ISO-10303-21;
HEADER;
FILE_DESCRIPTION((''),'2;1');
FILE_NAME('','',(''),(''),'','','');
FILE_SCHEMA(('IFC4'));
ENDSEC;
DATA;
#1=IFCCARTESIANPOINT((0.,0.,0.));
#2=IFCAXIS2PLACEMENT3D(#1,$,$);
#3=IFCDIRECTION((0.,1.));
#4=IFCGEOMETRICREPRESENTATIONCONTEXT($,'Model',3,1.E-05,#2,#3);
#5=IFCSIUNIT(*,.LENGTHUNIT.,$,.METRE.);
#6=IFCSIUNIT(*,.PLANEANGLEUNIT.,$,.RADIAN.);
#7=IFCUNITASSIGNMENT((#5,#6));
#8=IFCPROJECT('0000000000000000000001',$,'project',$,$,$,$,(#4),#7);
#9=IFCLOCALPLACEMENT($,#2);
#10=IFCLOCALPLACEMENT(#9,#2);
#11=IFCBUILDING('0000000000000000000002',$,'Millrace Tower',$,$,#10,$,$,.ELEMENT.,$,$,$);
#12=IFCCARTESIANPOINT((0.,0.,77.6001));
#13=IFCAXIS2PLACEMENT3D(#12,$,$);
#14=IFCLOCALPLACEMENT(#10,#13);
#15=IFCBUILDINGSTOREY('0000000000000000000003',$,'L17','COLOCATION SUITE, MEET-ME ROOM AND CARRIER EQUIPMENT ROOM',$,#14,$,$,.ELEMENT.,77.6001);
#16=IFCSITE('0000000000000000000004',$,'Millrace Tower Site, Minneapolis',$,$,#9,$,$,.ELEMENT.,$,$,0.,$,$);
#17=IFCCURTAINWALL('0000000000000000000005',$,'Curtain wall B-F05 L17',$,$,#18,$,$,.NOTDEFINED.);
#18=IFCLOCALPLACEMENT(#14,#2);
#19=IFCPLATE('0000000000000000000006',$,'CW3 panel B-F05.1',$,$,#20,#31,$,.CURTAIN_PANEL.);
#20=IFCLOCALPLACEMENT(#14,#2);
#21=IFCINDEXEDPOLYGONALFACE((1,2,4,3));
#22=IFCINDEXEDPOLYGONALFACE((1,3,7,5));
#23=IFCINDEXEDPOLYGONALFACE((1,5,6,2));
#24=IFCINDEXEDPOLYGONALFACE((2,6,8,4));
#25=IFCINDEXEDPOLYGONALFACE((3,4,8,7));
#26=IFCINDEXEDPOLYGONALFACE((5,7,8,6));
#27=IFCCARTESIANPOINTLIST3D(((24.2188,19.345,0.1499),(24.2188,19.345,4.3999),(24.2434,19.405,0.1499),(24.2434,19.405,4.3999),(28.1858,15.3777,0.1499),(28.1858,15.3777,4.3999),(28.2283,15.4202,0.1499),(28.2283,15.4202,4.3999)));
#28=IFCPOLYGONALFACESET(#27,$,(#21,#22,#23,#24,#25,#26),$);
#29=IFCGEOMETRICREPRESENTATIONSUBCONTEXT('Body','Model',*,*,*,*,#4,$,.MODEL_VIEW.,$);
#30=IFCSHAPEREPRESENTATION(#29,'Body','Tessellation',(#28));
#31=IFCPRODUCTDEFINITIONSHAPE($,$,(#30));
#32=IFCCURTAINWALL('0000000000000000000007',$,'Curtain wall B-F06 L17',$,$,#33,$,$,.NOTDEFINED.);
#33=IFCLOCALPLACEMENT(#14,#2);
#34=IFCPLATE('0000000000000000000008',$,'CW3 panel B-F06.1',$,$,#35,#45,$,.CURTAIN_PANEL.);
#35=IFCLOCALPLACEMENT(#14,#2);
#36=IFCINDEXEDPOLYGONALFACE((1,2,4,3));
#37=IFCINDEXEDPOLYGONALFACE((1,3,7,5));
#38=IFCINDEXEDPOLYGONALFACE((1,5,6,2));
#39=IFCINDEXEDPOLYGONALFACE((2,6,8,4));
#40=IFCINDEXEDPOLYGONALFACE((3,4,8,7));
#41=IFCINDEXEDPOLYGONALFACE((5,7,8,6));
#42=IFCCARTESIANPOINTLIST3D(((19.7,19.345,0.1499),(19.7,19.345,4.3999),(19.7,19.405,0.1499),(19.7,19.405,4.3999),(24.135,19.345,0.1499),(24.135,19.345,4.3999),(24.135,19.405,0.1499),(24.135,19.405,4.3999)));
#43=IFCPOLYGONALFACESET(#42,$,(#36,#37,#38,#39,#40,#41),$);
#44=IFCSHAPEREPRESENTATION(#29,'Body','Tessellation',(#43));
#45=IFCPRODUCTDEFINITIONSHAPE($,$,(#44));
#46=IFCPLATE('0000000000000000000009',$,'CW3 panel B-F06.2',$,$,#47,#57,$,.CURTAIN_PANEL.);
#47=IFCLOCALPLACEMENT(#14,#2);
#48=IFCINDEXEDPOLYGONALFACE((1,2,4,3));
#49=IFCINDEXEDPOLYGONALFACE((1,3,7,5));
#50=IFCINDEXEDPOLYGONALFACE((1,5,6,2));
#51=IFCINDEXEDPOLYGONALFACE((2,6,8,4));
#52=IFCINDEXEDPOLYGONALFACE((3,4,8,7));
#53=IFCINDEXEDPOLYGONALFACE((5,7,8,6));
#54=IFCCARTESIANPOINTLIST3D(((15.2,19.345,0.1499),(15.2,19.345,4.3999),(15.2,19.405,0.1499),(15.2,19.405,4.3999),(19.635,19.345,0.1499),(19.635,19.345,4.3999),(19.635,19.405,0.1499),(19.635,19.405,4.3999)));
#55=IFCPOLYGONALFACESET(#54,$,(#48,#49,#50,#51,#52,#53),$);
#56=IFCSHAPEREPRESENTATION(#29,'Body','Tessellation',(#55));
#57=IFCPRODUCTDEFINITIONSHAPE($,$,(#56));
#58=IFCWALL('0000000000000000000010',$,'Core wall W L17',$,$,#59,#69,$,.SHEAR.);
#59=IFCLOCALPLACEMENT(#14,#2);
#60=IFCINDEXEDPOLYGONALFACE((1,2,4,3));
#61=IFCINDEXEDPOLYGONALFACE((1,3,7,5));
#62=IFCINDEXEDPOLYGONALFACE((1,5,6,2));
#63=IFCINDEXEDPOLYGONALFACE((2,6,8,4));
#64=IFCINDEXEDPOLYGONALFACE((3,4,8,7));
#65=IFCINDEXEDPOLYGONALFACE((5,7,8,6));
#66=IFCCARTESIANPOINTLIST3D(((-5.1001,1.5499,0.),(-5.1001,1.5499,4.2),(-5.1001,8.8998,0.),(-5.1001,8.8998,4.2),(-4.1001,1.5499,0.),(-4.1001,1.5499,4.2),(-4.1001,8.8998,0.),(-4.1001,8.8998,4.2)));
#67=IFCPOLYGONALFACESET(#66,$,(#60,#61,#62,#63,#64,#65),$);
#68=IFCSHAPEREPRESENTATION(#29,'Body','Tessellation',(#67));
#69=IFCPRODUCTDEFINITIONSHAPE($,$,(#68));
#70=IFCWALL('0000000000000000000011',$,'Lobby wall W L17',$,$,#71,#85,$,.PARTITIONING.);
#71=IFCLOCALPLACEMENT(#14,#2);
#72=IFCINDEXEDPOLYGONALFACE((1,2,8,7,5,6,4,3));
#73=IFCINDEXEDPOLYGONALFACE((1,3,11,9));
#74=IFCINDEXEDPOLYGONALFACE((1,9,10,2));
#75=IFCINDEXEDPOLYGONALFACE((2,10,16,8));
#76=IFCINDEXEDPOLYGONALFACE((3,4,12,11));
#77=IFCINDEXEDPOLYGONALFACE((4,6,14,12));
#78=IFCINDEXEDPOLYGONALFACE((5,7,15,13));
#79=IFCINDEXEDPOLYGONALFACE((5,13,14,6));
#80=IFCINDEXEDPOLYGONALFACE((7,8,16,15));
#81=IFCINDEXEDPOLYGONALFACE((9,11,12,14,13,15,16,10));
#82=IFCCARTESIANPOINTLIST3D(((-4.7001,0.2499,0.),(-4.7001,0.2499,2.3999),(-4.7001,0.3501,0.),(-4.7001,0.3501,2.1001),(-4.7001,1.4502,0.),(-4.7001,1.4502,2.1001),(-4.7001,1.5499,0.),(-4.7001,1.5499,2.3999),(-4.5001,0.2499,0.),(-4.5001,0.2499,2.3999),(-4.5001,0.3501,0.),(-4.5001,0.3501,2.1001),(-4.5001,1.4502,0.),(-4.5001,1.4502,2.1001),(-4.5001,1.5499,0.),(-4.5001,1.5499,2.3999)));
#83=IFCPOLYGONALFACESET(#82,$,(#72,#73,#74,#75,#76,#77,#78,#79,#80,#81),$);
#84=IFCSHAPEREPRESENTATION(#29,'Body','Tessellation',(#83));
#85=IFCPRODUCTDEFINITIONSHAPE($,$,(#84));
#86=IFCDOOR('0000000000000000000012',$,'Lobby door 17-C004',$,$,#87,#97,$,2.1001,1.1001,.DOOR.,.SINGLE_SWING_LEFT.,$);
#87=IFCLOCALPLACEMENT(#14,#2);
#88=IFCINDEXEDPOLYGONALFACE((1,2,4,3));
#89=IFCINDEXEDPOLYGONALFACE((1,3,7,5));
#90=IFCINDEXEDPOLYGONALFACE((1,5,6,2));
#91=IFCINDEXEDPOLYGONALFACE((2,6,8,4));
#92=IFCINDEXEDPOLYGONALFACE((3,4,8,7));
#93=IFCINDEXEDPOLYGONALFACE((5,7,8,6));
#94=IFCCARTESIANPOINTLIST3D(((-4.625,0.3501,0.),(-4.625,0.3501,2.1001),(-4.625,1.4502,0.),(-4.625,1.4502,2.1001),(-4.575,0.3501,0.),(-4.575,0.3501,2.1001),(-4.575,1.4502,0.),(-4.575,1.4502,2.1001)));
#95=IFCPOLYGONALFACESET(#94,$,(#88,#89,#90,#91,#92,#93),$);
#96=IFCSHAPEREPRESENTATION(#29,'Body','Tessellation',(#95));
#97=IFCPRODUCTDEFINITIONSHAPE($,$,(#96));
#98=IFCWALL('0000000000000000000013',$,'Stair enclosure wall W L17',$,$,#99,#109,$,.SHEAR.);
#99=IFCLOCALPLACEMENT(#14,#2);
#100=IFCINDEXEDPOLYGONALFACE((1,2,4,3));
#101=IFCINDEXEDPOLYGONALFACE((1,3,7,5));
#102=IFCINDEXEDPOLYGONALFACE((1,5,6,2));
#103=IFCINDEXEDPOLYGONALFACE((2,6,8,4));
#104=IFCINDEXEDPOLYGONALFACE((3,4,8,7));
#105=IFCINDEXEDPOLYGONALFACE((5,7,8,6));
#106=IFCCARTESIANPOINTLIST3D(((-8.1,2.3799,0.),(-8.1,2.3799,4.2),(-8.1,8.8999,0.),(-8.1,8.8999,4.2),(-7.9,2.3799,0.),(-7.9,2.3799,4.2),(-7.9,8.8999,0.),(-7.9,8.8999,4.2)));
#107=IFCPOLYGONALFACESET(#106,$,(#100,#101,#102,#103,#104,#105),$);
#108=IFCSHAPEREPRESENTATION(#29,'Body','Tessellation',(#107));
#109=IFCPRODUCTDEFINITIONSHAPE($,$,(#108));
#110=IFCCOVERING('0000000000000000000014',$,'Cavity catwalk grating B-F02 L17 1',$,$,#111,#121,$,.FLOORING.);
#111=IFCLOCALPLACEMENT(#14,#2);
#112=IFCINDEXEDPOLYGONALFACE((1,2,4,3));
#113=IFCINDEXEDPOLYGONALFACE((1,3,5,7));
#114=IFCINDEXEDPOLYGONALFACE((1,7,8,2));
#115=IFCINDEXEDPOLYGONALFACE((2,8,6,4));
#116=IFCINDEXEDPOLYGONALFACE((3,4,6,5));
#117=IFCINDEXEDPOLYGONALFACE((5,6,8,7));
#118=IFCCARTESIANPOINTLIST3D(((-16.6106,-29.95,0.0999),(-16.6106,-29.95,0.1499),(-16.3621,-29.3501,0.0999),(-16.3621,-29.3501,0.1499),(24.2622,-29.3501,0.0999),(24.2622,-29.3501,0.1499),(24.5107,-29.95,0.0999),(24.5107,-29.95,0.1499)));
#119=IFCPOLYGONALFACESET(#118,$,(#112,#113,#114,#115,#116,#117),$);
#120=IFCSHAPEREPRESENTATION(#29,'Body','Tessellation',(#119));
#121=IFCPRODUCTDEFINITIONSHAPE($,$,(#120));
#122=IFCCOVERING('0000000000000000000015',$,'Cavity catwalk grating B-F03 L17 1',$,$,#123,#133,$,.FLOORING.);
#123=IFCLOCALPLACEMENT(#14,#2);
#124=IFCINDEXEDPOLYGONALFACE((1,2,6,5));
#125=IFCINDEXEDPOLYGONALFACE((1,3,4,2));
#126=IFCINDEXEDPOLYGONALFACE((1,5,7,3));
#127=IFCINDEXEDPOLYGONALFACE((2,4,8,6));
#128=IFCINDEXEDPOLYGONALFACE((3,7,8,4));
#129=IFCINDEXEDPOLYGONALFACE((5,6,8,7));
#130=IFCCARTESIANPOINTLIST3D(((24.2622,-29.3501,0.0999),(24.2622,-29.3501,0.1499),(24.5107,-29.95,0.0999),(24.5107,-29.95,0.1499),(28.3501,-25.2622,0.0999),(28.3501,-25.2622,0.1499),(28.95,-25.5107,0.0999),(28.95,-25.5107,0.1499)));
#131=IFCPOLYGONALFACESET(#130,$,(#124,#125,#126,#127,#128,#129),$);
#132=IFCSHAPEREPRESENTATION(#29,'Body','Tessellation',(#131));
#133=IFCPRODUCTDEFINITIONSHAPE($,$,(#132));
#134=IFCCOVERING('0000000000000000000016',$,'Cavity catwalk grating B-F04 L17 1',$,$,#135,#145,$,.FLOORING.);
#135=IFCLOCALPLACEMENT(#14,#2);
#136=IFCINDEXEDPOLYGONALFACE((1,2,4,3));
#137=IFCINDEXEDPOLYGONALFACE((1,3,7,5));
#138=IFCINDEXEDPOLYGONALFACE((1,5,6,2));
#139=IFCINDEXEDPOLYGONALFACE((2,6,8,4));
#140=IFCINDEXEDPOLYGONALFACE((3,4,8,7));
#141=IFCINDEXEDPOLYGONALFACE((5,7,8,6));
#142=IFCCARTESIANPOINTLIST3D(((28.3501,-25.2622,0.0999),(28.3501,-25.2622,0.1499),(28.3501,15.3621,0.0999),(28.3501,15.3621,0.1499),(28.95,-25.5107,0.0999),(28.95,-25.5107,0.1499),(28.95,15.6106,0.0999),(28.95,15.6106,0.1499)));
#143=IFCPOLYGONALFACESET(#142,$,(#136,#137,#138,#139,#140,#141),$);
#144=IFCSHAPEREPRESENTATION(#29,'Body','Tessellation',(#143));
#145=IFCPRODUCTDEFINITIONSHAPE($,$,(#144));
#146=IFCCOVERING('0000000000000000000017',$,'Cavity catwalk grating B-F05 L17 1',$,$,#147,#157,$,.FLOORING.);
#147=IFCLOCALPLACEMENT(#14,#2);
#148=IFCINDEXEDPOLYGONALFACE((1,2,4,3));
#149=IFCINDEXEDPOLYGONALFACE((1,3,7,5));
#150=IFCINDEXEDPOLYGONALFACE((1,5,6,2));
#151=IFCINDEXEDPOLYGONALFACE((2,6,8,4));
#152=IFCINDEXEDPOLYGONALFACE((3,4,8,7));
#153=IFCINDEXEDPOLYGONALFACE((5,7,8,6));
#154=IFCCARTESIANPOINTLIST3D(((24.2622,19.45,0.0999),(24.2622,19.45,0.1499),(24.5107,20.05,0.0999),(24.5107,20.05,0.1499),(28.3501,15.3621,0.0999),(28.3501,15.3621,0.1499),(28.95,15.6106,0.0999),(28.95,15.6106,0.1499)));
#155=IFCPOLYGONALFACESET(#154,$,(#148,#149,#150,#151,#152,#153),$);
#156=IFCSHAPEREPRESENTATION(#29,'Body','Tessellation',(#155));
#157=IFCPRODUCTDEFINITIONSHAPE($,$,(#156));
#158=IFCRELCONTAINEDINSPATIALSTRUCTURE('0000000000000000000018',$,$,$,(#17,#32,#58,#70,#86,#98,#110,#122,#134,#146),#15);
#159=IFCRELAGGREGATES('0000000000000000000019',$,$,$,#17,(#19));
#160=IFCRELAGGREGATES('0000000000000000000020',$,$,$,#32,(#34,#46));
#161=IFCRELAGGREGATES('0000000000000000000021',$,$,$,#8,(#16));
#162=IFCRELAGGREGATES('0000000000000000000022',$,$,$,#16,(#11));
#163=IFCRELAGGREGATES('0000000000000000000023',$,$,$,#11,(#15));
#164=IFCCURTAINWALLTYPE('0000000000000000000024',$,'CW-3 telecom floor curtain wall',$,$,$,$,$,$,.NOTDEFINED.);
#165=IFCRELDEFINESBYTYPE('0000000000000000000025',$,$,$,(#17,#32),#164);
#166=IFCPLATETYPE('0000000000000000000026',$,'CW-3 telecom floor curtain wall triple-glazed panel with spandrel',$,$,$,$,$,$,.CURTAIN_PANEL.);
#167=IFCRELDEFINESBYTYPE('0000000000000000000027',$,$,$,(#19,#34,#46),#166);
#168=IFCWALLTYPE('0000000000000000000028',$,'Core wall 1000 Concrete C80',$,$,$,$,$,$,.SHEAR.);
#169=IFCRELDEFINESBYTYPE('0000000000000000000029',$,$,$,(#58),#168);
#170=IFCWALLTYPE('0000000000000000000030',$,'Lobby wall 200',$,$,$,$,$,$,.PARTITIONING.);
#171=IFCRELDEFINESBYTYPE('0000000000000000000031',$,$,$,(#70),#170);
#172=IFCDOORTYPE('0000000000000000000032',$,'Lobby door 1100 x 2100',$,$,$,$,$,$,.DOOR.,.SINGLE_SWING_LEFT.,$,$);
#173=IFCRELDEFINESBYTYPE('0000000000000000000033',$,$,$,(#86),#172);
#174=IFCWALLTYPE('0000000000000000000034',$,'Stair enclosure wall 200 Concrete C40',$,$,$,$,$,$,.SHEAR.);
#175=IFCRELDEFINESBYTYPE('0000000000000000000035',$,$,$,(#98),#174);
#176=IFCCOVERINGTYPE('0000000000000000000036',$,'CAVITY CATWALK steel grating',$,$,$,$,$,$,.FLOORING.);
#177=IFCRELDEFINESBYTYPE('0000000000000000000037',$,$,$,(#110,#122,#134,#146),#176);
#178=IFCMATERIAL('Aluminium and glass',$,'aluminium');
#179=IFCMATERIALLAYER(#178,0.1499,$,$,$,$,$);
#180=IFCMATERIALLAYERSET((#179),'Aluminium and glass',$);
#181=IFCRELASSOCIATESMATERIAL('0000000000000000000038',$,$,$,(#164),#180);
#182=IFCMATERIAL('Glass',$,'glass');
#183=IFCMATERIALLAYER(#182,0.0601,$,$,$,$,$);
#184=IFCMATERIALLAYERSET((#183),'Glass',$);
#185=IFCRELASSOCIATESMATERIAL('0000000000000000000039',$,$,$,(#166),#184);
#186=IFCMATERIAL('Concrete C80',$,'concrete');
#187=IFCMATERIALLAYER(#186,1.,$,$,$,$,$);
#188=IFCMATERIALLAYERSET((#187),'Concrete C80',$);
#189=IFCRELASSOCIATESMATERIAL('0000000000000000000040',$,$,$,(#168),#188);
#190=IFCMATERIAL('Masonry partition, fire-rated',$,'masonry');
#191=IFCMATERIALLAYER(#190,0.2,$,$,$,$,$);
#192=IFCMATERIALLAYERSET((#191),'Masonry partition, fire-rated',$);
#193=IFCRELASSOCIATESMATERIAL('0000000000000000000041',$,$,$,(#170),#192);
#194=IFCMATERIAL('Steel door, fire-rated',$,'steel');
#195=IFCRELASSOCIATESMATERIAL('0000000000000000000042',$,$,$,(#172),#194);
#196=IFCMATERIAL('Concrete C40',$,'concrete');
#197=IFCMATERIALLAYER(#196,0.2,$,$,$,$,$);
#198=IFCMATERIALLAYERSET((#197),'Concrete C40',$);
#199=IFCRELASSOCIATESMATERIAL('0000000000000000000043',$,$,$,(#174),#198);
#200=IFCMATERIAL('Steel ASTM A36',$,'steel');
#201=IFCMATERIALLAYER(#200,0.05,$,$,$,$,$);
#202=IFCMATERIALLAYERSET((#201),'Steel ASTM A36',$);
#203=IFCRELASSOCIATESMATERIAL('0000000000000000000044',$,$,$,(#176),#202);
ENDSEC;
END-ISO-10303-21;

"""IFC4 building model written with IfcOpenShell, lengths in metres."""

from ifc_helpers import new_model, si_unit, direction, frame, frame_2d, origin, place, context, subcontext, project, spatial, polyline, rectangle, outline, extrude, material, layer, layer_set, type_object, element, fill, aggregate, save


model = new_model("IFC4")

# Units and contexts
model_context = context("Model", 3, precision=1e-05, world=origin(), true_north=direction((0.0, 1.0)))
body_context = subcontext(model_context, "Body", "Model", "MODEL_VIEW")
ifc_project = project(units=[si_unit("LENGTHUNIT", "METRE"), si_unit("PLANEANGLEUNIT", "RADIAN")], contexts=[model_context])

# Site, building, storey
site_placement = place(None, origin())
site = spatial("IfcSite", under=ifc_project, at=site_placement, Name="Millrace Tower Site, Minneapolis", CompositionType="ELEMENT", RefElevation=0.0)
building_placement = place(site_placement, origin())
building = spatial("IfcBuilding", under=site, at=building_placement, Name="Millrace Tower", CompositionType="ELEMENT")
storey_placement = place(building_placement, frame((0.0, 0.0, 77.6001)))
storey = spatial("IfcBuildingStorey", under=building, at=storey_placement, Name="L17", Description="COLOCATION SUITE, MEET-ME ROOM AND CARRIER EQUIPMENT ROOM", CompositionType="ELEMENT", Elevation=77.6001)

# Shared definitions
ifc_material_1 = material(Name="Aluminium and glass", Category="aluminium")
ifc_layer_1 = layer(ifc_material_1, 0.1499)
ifc_layer_set_1 = layer_set([ifc_layer_1], Name="Aluminium and glass")
curtain_wall_type = type_object("IfcCurtainWallType", Name="CW-3 telecom floor curtain wall", PredefinedType="NOTDEFINED", material=ifc_layer_set_1)
placement_1 = place(storey_placement, origin())
ifc_material_2 = material(Name="Glass", Category="glass")
ifc_layer_2 = layer(ifc_material_2, 0.0601)
ifc_layer_set_2 = layer_set([ifc_layer_2], Name="Glass")
plate_type = type_object("IfcPlateType", Name="CW-3 telecom floor curtain wall triple-glazed panel with spandrel", PredefinedType="CURTAIN_PANEL", material=ifc_layer_set_2)
placement_2 = place(storey_placement, frame((0.0, 0.0, 0.1499)))

# Curtain wall, plate
curtain_wall_1 = element("IfcCurtainWall", 1, at=placement_1, inside=storey, type_object=curtain_wall_type, Name="Curtain wall B-F05 L17", PredefinedType="NOTDEFINED")
plate_1 = element("IfcPlate", 2, at=placement_2, type_object=plate_type, Name="CW3 panel B-F05.1", PredefinedType="CURTAIN_PANEL", context=body_context, shape_type="SweptSolid", body=[
    extrude(outline(polyline([(28.2283, 15.4202), (24.2434, 19.405), (24.2188, 19.345), (28.1858, 15.3777), (28.2283, 15.4202)])), origin(), (0.0, 0.0, 1.0), 4.25),
])
aggregate(curtain_wall_1, [plate_1])

# Curtain wall, plates
curtain_wall_2 = element("IfcCurtainWall", 3, at=placement_1, inside=storey, type_object=curtain_wall_type, Name="Curtain wall B-F06 L17", PredefinedType="NOTDEFINED")
plate_2 = element("IfcPlate", 4, at=placement_2, type_object=plate_type, Name="CW3 panel B-F06.1", PredefinedType="CURTAIN_PANEL", context=body_context, shape_type="SweptSolid", body=[
    extrude(outline(polyline([(24.135, 19.405), (19.7, 19.405), (19.7, 19.345), (24.135, 19.345), (24.135, 19.405)])), origin(), (0.0, 0.0, 1.0), 4.25),
])
plate_3 = element("IfcPlate", 5, at=placement_2, type_object=plate_type, Name="CW3 panel B-F06.2", PredefinedType="CURTAIN_PANEL", context=body_context, shape_type="SweptSolid", body=[
    extrude(outline(polyline([(19.635, 19.405), (15.2, 19.405), (15.2, 19.345), (19.635, 19.345), (19.635, 19.405)])), origin(), (0.0, 0.0, 1.0), 4.25),
])
aggregate(curtain_wall_2, [plate_2, plate_3])

# Wall
ifc_material_3 = material(Name="Concrete C80", Category="concrete")
ifc_layer_3 = layer(ifc_material_3, 1.0)
ifc_layer_set_3 = layer_set([ifc_layer_3], Name="Concrete C80")
wall_type_1 = type_object("IfcWallType", Name="Core wall 1000 Concrete C80", PredefinedType="SHEAR", material=ifc_layer_set_3)
wall_1_placement = place(storey_placement, frame((-4.6001, 1.55, 0.0), z_axis=(0.0, 0.0, 1.0), x_axis=(0.0, 1.0, 0.0)))
element("IfcWall", 6, at=wall_1_placement, inside=storey, type_object=wall_type_1, Name="Core wall W L17", PredefinedType="SHEAR", context=body_context, shape_type="SweptSolid", body=[
    extrude(rectangle(XDim=7.3499, YDim=1.0, at=frame_2d((3.6748, 0.0))), origin(), (0.0, 0.0, 1.0), 4.2),
])

# Wall, opening, door
ifc_material_4 = material(Name="Masonry partition, fire-rated", Category="masonry")
ifc_layer_4 = layer(ifc_material_4, 0.2)
ifc_layer_set_4 = layer_set([ifc_layer_4], Name="Masonry partition, fire-rated")
wall_type_2 = type_object("IfcWallType", Name="Lobby wall 200", PredefinedType="PARTITIONING", material=ifc_layer_set_4)
wall_2_placement = place(storey_placement, frame((-4.6001, 0.25, 0.0), z_axis=(0.0, 0.0, 1.0), x_axis=(0.0, 1.0, 0.0)))
wall_2 = element("IfcWall", 7, at=wall_2_placement, inside=storey, type_object=wall_type_2, Name="Lobby wall W L17", PredefinedType="PARTITIONING", context=body_context, shape_type="SweptSolid", body=[
    extrude(rectangle(XDim=1.3, YDim=0.2, at=frame_2d((0.6499, 0.0))), origin(), (0.0, 0.0, 1.0), 2.3999),
])
opening_placement = place(wall_2_placement, frame((0.1001, 0.0, 0.0)))
opening = element("IfcOpeningElement", 8, at=opening_placement, cuts=wall_2, PredefinedType="OPENING", context=body_context, shape_type="SweptSolid", body=[
    extrude(rectangle(XDim=1.1001, YDim=2.1001, at=frame_2d((0.55, 1.05))), frame((0.0, 0.1099, 0.0), z_axis=(0.0, -1.0, 0.0), x_axis=(1.0, 0.0, 0.0)), (0.0, 0.0, 1.0), 0.22),
])
ifc_material_5 = material(Name="Steel door, fire-rated", Category="steel")
door_type = type_object("IfcDoorType", Name="Lobby door 1100 x 2100", OperationType="SINGLE_SWING_LEFT", PredefinedType="DOOR", material=ifc_material_5)
door_placement = place(opening_placement, origin())
door = element("IfcDoor", 9, at=door_placement, inside=storey, type_object=door_type, Name="Lobby door 17-C004", OperationType="SINGLE_SWING_LEFT", OverallHeight=2.1001, OverallWidth=1.1001, PredefinedType="DOOR", context=body_context, shape_type="SweptSolid", body=[
    extrude(rectangle(XDim=1.1001, YDim=2.1001, at=frame_2d((0.55, 1.05))), frame((0.0, 0.0249, 0.0), z_axis=(0.0, -1.0, 0.0), x_axis=(1.0, 0.0, 0.0)), (0.0, 0.0, 1.0), 0.05),
])
fill(opening, door)

# Wall
ifc_material_6 = material(Name="Concrete C40", Category="concrete")
ifc_layer_5 = layer(ifc_material_6, 0.2)
ifc_layer_set_5 = layer_set([ifc_layer_5], Name="Concrete C40")
wall_type_3 = type_object("IfcWallType", Name="Stair enclosure wall 200 Concrete C40", PredefinedType="SHEAR", material=ifc_layer_set_5)
wall_3_placement = place(storey_placement, frame((-8.0, 2.3799, 0.0), z_axis=(0.0, 0.0, 1.0), x_axis=(0.0, 1.0, 0.0)))
element("IfcWall", 10, at=wall_3_placement, inside=storey, type_object=wall_type_3, Name="Stair enclosure wall W L17", PredefinedType="SHEAR", context=body_context, shape_type="SweptSolid", body=[
    extrude(rectangle(XDim=6.52, YDim=0.2, at=frame_2d((3.26, 0.0))), origin(), (0.0, 0.0, 1.0), 4.2),
])

# Coverings
ifc_material_7 = material(Name="Steel ASTM A36", Category="steel")
ifc_layer_6 = layer(ifc_material_7, 0.05)
ifc_layer_set_6 = layer_set([ifc_layer_6], Name="Steel ASTM A36")
covering_type = type_object("IfcCoveringType", Name="CAVITY CATWALK steel grating", PredefinedType="FLOORING", material=ifc_layer_set_6)
placement_3 = place(storey_placement, frame((0.0, 0.0, 0.0999)))
element("IfcCovering", 11, at=placement_3, inside=storey, type_object=covering_type, Name="Cavity catwalk grating B-F02 L17 1", PredefinedType="FLOORING", context=body_context, shape_type="SweptSolid", body=[
    extrude(outline(polyline([(-16.6106, -29.95), (24.5107, -29.95), (24.2622, -29.3501), (-16.3621, -29.3501), (-16.6106, -29.95)])), origin(), (0.0, 0.0, 1.0), 0.05),
])
element("IfcCovering", 12, at=placement_3, inside=storey, type_object=covering_type, Name="Cavity catwalk grating B-F03 L17 1", PredefinedType="FLOORING", context=body_context, shape_type="SweptSolid", body=[
    extrude(outline(polyline([(24.5107, -29.95), (28.95, -25.5107), (28.3501, -25.2622), (24.2622, -29.3501), (24.5107, -29.95)])), origin(), (0.0, 0.0, 1.0), 0.05),
])
element("IfcCovering", 13, at=placement_3, inside=storey, type_object=covering_type, Name="Cavity catwalk grating B-F04 L17 1", PredefinedType="FLOORING", context=body_context, shape_type="SweptSolid", body=[
    extrude(outline(polyline([(28.95, -25.5107), (28.95, 15.6106), (28.3501, 15.3621), (28.3501, -25.2622), (28.95, -25.5107)])), origin(), (0.0, 0.0, 1.0), 0.05),
])
element("IfcCovering", 14, at=placement_3, inside=storey, type_object=covering_type, Name="Cavity catwalk grating B-F05 L17 1", PredefinedType="FLOORING", context=body_context, shape_type="SweptSolid", body=[
    extrude(outline(polyline([(28.95, 15.6106), (24.5107, 20.05), (24.2622, 19.45), (28.3501, 15.3621), (28.95, 15.6106)])), origin(), (0.0, 0.0, 1.0), 0.05),
])

save(model, "model.ifc")
